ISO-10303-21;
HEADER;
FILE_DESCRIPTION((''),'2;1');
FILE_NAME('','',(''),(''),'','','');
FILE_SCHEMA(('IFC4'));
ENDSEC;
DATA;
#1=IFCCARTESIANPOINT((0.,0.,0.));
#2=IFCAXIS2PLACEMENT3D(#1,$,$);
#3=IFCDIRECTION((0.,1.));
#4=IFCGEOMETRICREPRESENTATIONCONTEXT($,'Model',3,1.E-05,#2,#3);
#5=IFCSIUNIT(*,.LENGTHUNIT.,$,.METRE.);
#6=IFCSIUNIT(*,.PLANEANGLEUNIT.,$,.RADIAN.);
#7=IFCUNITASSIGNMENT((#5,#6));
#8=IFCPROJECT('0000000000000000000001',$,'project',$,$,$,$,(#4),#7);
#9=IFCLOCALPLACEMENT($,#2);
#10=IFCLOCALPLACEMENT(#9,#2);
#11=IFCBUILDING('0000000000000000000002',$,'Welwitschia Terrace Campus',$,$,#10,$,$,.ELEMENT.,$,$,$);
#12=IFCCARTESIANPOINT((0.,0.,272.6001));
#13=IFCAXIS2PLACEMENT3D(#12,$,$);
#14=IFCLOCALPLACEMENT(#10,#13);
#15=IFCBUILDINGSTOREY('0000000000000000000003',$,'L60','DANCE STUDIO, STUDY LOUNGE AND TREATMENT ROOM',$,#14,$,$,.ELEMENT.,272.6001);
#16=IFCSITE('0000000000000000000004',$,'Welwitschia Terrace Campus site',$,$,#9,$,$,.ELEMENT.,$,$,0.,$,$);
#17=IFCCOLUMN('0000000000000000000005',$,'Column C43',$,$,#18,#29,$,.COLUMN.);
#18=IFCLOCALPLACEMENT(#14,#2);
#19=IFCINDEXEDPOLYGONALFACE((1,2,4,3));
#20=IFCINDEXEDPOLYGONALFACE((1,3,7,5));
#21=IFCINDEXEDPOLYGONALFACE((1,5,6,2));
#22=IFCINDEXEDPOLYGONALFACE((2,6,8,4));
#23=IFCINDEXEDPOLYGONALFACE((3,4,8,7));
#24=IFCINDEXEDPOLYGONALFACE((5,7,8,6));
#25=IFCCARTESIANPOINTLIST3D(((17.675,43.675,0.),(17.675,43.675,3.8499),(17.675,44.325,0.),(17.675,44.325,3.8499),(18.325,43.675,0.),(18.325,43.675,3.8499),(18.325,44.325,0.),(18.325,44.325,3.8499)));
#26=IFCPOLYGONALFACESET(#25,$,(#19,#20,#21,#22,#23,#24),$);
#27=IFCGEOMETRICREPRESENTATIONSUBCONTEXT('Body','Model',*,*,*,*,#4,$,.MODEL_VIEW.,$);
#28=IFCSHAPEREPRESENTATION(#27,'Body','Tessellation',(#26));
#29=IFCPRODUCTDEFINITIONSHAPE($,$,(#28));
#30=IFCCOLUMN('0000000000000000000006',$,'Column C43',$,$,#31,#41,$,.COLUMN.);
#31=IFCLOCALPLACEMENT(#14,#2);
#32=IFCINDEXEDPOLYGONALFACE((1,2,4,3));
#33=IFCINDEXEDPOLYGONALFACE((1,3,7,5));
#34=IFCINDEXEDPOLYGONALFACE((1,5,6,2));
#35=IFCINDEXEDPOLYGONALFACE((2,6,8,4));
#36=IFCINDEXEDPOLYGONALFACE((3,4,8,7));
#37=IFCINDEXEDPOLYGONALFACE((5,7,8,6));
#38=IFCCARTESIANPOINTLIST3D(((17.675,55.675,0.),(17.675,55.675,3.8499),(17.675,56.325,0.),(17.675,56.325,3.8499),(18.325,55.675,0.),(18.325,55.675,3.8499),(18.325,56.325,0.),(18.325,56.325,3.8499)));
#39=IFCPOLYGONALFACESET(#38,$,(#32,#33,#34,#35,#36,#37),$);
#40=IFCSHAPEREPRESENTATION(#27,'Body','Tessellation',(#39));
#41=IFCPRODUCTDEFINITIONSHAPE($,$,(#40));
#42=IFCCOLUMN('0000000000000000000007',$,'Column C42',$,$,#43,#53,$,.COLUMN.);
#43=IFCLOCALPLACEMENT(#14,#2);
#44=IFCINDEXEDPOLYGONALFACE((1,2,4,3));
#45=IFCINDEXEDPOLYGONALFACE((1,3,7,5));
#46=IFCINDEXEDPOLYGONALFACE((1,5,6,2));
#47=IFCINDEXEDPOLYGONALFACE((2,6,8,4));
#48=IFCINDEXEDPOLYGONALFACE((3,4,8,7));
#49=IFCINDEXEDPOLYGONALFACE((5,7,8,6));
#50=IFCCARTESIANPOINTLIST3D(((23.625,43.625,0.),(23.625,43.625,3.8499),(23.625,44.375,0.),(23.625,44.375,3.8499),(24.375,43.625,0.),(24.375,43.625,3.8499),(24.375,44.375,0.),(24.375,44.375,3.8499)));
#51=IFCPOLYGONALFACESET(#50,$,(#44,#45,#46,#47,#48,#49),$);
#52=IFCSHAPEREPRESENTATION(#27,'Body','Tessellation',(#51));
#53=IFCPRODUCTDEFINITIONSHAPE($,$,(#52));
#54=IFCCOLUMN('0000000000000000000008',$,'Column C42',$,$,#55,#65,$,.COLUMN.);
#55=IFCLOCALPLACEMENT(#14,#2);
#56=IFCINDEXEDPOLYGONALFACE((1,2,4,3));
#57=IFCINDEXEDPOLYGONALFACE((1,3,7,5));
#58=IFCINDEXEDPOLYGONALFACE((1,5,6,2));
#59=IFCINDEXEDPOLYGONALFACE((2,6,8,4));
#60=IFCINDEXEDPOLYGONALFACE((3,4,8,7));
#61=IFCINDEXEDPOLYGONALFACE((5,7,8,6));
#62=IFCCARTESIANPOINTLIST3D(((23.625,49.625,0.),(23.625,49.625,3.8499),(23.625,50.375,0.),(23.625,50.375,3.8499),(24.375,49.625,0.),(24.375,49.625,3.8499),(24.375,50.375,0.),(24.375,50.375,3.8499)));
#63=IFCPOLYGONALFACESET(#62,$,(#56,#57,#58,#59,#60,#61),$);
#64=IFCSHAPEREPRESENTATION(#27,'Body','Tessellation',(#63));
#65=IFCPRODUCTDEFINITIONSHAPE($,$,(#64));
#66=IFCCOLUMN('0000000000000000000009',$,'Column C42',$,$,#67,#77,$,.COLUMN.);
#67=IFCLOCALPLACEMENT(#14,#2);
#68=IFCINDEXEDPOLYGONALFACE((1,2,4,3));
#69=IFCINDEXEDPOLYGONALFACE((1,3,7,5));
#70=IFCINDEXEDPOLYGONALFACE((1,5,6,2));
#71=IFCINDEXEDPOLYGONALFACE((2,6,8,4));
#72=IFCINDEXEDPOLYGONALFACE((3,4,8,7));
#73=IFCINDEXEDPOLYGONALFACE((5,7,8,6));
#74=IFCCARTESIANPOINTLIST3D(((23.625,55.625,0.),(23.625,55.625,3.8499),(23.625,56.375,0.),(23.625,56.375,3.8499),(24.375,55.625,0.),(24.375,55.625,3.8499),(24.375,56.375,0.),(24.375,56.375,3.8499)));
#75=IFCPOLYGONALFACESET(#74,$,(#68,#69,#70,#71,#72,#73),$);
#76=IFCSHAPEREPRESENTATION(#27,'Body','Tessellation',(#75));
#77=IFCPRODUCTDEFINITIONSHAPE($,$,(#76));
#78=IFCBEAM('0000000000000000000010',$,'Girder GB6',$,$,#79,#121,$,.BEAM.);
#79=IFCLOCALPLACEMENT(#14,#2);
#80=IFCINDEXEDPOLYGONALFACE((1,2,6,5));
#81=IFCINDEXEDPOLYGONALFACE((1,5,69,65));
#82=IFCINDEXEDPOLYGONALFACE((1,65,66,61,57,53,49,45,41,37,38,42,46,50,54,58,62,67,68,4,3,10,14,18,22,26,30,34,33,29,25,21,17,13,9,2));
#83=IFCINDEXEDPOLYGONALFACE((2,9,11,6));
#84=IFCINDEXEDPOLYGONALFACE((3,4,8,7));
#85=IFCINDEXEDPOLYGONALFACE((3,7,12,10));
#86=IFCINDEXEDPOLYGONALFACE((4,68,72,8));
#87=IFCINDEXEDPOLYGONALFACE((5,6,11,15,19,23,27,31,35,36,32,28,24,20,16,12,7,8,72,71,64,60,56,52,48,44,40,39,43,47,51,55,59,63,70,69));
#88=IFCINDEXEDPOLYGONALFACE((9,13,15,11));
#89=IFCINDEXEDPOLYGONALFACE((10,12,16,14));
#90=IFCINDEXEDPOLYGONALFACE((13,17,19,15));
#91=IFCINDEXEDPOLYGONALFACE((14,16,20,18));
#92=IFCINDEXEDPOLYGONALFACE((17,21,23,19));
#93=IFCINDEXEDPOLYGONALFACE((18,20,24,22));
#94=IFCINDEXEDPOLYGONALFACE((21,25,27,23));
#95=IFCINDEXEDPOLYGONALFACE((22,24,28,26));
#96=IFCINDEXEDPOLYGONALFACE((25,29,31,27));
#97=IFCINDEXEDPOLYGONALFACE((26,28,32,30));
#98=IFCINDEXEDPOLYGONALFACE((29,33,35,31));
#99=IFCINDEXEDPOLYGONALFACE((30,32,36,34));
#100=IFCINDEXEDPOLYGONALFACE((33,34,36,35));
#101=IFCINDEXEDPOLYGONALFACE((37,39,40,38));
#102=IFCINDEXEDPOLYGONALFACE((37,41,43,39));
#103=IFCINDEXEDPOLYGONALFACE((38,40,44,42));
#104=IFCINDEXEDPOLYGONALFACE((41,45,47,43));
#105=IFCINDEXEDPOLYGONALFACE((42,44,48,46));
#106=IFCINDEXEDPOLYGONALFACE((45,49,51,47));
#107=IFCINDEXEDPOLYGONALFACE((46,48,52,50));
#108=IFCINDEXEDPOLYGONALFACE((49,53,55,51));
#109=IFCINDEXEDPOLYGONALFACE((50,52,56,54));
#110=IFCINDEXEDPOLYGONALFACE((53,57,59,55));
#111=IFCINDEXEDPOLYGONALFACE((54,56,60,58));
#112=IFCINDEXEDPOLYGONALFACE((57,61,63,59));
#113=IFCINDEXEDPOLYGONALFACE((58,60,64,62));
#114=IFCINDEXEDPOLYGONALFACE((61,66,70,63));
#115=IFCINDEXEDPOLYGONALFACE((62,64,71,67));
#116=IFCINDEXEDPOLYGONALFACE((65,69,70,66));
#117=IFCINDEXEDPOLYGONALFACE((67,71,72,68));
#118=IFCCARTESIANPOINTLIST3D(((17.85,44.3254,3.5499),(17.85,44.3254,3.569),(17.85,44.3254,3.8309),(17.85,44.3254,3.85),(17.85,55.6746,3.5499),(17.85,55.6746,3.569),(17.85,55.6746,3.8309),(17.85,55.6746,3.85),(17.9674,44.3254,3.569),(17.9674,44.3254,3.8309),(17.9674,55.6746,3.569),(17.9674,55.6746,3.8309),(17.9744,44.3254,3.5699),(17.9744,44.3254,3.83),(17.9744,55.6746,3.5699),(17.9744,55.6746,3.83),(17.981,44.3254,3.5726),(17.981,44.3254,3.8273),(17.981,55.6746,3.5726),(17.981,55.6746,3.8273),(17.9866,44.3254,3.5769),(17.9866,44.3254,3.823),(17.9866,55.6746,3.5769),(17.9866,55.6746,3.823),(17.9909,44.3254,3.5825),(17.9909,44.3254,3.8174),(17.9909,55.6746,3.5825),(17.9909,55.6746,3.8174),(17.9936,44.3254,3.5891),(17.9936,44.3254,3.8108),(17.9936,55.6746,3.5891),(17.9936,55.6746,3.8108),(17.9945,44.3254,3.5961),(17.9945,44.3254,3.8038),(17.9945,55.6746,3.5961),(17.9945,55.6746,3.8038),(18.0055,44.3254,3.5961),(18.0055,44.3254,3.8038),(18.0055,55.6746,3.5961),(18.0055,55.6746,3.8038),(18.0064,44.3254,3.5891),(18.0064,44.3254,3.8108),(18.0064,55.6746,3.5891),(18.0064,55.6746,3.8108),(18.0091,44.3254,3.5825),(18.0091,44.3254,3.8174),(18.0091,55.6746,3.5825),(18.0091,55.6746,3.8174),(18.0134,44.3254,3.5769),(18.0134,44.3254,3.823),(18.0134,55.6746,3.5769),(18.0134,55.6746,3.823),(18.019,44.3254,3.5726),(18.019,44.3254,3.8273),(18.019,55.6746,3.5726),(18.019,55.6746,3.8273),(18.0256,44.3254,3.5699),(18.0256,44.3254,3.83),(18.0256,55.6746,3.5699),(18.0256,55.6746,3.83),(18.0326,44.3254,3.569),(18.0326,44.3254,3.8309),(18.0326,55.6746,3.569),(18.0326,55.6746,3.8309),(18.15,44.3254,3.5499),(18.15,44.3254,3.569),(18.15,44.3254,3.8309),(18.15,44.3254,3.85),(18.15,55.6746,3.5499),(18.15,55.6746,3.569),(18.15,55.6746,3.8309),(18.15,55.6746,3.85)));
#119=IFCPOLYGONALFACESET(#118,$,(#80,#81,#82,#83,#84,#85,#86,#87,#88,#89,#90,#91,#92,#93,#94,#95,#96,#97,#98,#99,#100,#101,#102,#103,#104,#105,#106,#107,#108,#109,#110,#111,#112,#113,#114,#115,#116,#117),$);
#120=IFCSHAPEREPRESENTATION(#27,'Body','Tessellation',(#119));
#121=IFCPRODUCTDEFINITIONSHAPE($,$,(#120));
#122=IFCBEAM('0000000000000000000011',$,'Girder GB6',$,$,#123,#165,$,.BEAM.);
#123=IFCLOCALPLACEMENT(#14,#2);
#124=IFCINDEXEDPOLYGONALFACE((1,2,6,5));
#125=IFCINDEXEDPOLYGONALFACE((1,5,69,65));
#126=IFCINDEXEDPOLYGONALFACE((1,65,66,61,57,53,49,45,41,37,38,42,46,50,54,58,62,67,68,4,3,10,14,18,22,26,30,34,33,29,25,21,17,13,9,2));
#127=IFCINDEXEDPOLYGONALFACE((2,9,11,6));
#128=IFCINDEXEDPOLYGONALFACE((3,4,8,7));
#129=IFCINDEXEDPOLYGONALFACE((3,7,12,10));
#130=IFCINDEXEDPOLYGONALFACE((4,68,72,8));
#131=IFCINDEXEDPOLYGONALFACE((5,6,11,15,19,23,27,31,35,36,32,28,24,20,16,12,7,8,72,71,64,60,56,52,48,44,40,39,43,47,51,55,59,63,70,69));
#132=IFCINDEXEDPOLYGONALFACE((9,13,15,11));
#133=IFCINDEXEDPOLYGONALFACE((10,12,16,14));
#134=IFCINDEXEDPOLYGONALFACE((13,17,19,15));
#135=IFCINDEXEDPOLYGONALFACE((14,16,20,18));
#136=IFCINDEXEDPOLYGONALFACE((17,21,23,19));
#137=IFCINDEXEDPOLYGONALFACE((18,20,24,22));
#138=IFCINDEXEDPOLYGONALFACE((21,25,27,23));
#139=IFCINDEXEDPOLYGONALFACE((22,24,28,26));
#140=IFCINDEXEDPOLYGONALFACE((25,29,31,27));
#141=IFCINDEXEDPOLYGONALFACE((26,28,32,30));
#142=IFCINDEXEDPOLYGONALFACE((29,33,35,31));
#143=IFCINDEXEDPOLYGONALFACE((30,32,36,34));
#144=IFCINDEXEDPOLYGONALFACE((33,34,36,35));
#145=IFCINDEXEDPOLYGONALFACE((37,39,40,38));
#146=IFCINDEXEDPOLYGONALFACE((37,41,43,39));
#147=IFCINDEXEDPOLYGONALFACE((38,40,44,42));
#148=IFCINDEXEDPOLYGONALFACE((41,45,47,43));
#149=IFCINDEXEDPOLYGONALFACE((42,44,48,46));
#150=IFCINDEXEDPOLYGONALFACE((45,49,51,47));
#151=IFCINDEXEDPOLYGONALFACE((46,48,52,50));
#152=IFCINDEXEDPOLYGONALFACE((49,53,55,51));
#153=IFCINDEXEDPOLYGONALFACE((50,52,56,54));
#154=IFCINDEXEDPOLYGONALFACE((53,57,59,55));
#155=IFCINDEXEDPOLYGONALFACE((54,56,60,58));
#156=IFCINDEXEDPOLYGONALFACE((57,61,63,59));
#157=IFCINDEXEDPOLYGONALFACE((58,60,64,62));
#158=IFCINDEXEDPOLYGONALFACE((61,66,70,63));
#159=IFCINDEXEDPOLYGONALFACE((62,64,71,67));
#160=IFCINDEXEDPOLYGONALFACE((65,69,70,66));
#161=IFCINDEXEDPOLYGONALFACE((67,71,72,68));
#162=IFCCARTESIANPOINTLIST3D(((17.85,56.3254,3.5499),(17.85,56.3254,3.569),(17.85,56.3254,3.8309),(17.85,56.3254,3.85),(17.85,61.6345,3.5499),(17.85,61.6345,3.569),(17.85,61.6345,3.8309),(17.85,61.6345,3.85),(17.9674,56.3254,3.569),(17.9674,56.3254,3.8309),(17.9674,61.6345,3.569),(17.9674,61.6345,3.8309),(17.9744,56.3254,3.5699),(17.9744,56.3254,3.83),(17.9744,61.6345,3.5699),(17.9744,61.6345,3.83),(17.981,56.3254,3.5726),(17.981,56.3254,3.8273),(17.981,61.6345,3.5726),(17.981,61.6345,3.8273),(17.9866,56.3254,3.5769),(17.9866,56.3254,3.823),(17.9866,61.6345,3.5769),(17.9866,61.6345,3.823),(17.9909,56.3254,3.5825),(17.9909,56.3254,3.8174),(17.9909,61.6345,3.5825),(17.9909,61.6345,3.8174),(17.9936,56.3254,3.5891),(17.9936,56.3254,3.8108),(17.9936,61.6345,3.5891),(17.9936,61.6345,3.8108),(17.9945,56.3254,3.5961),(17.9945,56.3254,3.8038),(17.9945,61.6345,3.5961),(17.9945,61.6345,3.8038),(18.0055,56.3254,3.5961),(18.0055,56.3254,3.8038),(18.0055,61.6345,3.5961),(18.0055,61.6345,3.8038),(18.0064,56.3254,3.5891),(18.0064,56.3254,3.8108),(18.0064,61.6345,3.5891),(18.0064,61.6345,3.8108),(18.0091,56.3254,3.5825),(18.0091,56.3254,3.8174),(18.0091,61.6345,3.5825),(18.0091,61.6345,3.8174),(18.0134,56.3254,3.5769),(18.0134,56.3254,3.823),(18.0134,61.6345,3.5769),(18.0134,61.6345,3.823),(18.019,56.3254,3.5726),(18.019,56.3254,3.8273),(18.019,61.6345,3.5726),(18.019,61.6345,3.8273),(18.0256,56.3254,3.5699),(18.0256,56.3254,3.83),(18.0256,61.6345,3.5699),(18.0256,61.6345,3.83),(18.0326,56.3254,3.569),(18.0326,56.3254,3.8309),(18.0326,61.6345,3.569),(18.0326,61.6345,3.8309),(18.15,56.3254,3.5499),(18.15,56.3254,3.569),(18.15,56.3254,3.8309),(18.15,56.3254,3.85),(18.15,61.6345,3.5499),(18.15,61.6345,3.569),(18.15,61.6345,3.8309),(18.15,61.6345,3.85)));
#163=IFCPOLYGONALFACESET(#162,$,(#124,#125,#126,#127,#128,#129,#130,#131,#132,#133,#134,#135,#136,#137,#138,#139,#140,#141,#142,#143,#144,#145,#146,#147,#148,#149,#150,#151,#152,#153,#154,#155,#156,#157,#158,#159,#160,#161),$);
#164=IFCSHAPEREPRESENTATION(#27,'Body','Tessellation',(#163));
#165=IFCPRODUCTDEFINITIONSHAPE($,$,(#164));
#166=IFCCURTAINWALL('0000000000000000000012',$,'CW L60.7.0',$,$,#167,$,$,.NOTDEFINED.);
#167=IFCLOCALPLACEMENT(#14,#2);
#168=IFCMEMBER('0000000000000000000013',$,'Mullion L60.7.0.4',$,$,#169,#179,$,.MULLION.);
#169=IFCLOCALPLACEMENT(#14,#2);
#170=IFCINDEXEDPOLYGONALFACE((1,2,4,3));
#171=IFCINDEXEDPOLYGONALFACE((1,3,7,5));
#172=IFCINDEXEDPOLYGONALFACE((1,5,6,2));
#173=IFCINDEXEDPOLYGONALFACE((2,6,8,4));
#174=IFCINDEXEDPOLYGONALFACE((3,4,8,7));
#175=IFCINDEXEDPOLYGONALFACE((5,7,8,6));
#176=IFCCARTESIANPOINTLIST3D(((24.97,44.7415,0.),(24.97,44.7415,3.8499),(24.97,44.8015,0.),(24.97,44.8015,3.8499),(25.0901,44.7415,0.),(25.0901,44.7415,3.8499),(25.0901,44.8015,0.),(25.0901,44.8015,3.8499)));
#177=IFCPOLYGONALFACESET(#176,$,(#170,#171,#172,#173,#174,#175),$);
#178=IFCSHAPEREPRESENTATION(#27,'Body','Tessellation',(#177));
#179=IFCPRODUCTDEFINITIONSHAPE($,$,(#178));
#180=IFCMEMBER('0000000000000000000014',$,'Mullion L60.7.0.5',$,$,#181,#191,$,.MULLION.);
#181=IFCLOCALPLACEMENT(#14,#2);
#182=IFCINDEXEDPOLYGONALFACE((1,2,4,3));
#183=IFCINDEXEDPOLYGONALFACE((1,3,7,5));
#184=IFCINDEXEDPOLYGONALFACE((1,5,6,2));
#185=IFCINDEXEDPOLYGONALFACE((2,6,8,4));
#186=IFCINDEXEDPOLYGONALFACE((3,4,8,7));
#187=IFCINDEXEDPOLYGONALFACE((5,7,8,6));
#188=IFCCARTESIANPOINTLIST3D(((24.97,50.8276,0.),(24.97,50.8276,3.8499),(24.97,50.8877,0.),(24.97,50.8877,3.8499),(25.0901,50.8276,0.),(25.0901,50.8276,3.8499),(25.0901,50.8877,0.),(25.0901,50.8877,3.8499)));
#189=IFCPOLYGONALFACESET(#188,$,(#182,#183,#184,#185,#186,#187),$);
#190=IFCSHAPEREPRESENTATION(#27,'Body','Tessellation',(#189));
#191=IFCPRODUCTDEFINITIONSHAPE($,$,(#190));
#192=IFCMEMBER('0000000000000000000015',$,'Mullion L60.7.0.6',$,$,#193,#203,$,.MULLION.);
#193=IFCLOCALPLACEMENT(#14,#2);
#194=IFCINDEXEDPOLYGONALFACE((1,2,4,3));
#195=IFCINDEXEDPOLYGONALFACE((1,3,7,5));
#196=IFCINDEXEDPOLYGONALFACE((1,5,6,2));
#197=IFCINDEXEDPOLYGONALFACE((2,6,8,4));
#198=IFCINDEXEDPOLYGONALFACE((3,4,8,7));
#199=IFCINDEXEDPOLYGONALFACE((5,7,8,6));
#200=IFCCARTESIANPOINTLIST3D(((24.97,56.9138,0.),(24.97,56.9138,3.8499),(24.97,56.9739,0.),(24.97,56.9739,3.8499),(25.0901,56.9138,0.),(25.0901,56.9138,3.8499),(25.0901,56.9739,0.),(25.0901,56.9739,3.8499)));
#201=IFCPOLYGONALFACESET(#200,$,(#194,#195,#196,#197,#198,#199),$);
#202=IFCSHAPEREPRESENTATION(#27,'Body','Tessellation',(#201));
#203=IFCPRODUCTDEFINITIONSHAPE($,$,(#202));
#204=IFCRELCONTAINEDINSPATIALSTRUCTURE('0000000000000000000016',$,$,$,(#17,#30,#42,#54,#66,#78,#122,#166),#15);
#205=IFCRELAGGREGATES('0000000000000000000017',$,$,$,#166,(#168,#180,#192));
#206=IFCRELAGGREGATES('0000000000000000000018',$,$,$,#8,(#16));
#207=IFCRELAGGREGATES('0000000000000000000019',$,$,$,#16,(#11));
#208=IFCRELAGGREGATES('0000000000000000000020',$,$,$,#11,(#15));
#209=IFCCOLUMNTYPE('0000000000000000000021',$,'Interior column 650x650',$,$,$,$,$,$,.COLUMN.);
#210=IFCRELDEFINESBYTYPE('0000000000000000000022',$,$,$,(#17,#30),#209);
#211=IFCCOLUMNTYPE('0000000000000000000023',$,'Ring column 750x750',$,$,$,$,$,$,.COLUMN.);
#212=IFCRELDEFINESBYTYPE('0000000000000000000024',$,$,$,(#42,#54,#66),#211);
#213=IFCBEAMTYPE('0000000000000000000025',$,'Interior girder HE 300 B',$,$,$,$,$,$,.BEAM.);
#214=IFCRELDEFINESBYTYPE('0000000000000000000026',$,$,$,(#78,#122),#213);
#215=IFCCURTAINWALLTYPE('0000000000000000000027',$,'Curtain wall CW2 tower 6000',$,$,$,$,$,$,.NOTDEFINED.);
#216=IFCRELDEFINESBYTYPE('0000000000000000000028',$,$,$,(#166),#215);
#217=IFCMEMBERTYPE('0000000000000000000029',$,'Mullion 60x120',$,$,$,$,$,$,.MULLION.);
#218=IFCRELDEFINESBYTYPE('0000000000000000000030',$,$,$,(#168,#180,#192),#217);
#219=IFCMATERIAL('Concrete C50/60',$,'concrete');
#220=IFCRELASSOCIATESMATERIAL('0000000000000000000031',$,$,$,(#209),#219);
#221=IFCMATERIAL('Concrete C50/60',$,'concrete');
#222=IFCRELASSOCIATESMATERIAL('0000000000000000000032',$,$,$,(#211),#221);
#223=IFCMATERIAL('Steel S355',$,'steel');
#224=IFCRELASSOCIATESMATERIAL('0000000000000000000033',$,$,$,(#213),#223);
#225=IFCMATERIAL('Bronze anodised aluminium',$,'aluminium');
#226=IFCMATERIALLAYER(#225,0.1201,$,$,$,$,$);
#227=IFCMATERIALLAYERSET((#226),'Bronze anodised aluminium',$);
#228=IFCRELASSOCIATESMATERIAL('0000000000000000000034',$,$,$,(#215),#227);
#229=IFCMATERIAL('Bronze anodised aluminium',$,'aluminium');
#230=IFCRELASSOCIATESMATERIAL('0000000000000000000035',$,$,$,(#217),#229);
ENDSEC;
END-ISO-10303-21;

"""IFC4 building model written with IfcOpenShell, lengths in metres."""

from ifc_helpers import new_model, si_unit, direction, frame, origin, origin_2d, place, context, subcontext, project, spatial, rectangle, i_section, extrude, material, layer, layer_set, material_profile, profile_set, type_object, element, aggregate, save


model = new_model("IFC4")

# Units and contexts
model_context = context("Model", 3, precision=1e-05, world=origin(), true_north=direction((0.0, 1.0)))
body_context = subcontext(model_context, "Body", "Model", "MODEL_VIEW")
ifc_project = project(units=[si_unit("LENGTHUNIT", "METRE"), si_unit("PLANEANGLEUNIT", "RADIAN")], contexts=[model_context])

# Site, building, storey
site_placement = place(None, origin())
site = spatial("IfcSite", under=ifc_project, at=site_placement, Name="Welwitschia Terrace Campus site", CompositionType="ELEMENT", RefElevation=0.0)
building_placement = place(site_placement, origin())
building = spatial("IfcBuilding", under=site, at=building_placement, Name="Welwitschia Terrace Campus", CompositionType="ELEMENT")
storey_placement = place(building_placement, frame((0.0, 0.0, 272.6001)))
storey = spatial("IfcBuildingStorey", under=building, at=storey_placement, Name="L60", Description="DANCE STUDIO, STUDY LOUNGE AND TREATMENT ROOM", CompositionType="ELEMENT", Elevation=272.6001)

# Columns
ifc_material_1 = material(Name="Concrete C50/60", Category="concrete")
ifc_material_profile_1 = material_profile(ifc_material_1, rectangle(XDim=0.6499, YDim=0.6499, at=origin_2d()))
ifc_profile_set_1 = profile_set([ifc_material_profile_1], Name="Concrete C50/60")
column_type_1 = type_object("IfcColumnType", Name="Interior column 650x650", PredefinedType="COLUMN", material=ifc_profile_set_1)
for number, where, z_axis, x_axis, name in (
    (1, (18.0, 44.0, 0.0), (0.0, 0.0, 1.0), (1.0, 0.0, 0.0), "Column C43"),
    (2, (18.0, 56.0, 0.0), (0.0, 0.0, 1.0), (1.0, 0.0, 0.0), "Column C43"),
):
    element("IfcColumn", number, at=place(storey_placement, frame(where, z_axis=z_axis, x_axis=x_axis)), inside=storey, type_object=column_type_1, Name=name, PredefinedType="COLUMN", context=body_context, shape_type="SweptSolid", body=[
        extrude(rectangle(XDim=0.6499, YDim=0.6499, at=origin_2d()), origin(), (0.0, 0.0, 1.0), 3.8499),
    ])
ifc_material_2 = material(Name="Concrete C50/60", Category="concrete")
ifc_material_profile_2 = material_profile(ifc_material_2, rectangle(XDim=0.75, YDim=0.75, at=origin_2d()))
ifc_profile_set_2 = profile_set([ifc_material_profile_2], Name="Concrete C50/60")
column_type_2 = type_object("IfcColumnType", Name="Ring column 750x750", PredefinedType="COLUMN", material=ifc_profile_set_2)
for number, where, z_axis, x_axis, name in (
    (3, (24.0, 44.0, 0.0), (0.0, 0.0, 1.0), (1.0, 0.0, 0.0), "Column C42"),
    (4, (24.0, 50.0, 0.0), (0.0, 0.0, 1.0), (1.0, 0.0, 0.0), "Column C42"),
    (5, (24.0, 56.0, 0.0), (0.0, 0.0, 1.0), (1.0, 0.0, 0.0), "Column C42"),
):
    element("IfcColumn", number, at=place(storey_placement, frame(where, z_axis=z_axis, x_axis=x_axis)), inside=storey, type_object=column_type_2, Name=name, PredefinedType="COLUMN", context=body_context, shape_type="SweptSolid", body=[
        extrude(rectangle(XDim=0.75, YDim=0.75, at=origin_2d()), origin(), (0.0, 0.0, 1.0), 3.8499),
    ])

# Beams
ifc_material_3 = material(Name="Steel S355", Category="steel")
ifc_material_profile_3 = material_profile(ifc_material_3, i_section(OverallWidth=0.3, OverallDepth=0.3, WebThickness=0.011, FlangeThickness=0.019, FilletRadius=0.0271, at=origin_2d()))
ifc_profile_set_3 = profile_set([ifc_material_profile_3], Name="Steel S355")
beam_type_1 = type_object("IfcBeamType", Name="Interior girder HE 300 B", PredefinedType="BEAM", material=ifc_profile_set_3)
beam_1_placement = place(storey_placement, frame((18.0, 44.3254, 3.7), z_axis=(0.0, 1.0, 0.0), x_axis=(-1.0, 0.0, 0.0)))
element("IfcBeam", 6, at=beam_1_placement, inside=storey, type_object=beam_type_1, Name="Girder GB6", PredefinedType="BEAM", context=body_context, shape_type="SweptSolid", body=[
    extrude(i_section(OverallWidth=0.3, OverallDepth=0.3, WebThickness=0.011, FlangeThickness=0.019, FilletRadius=0.0271, at=origin_2d()), origin(), (0.0, 0.0, 1.0), 11.3491),
])
beam_2_placement = place(storey_placement, frame((18.0, 56.3254, 3.7), z_axis=(0.0, 1.0, 0.0), x_axis=(-1.0, 0.0, 0.0)))
element("IfcBeam", 7, at=beam_2_placement, inside=storey, type_object=beam_type_1, Name="Girder GB6", PredefinedType="BEAM", context=body_context, shape_type="SweptSolid", body=[
    extrude(i_section(OverallWidth=0.3, OverallDepth=0.3, WebThickness=0.011, FlangeThickness=0.019, FilletRadius=0.0271, at=origin_2d()), origin(), (0.0, 0.0, 1.0), 5.3091),
])

# Curtain wall, members
ifc_material_4 = material(Name="Bronze anodised aluminium", Category="aluminium")
ifc_layer_1 = layer(ifc_material_4, 0.1201)
ifc_layer_set_1 = layer_set([ifc_layer_1], Name="Bronze anodised aluminium")
curtain_wall_type = type_object("IfcCurtainWallType", Name="Curtain wall CW2 tower 6000", PredefinedType="NOTDEFINED", material=ifc_layer_set_1)
curtain_wall_placement = place(storey_placement, origin())
curtain_wall = element("IfcCurtainWall", 8, at=curtain_wall_placement, inside=storey, type_object=curtain_wall_type, Name="CW L60.7.0", PredefinedType="NOTDEFINED")
ifc_material_5 = material(Name="Bronze anodised aluminium", Category="aluminium")
ifc_material_profile_4 = material_profile(ifc_material_5, rectangle(XDim=0.1201, YDim=0.0601, at=origin_2d()))
ifc_profile_set_4 = profile_set([ifc_material_profile_4], Name="Bronze anodised aluminium")
member_type = type_object("IfcMemberType", Name="Mullion 60x120", PredefinedType="MULLION", material=ifc_profile_set_4)
member_1_placement = place(storey_placement, frame((25.03, 44.7715, 0.0), z_axis=(0.0, 0.0, 1.0), x_axis=(-1.0, 0.0, 0.0)))
member_1 = element("IfcMember", 9, at=member_1_placement, type_object=member_type, Name="Mullion L60.7.0.4", PredefinedType="MULLION", context=body_context, shape_type="SweptSolid", body=[
    extrude(rectangle(XDim=0.1201, YDim=0.0601, at=origin_2d()), origin(), (0.0, 0.0, 1.0), 3.8499),
])
member_2_placement = place(storey_placement, frame((25.03, 50.8577, 0.0), z_axis=(0.0, 0.0, 1.0), x_axis=(-1.0, 0.0, 0.0)))
member_2 = element("IfcMember", 10, at=member_2_placement, type_object=member_type, Name="Mullion L60.7.0.5", PredefinedType="MULLION", context=body_context, shape_type="SweptSolid", body=[
    extrude(rectangle(XDim=0.1201, YDim=0.0601, at=origin_2d()), origin(), (0.0, 0.0, 1.0), 3.8499),
])
member_3_placement = place(storey_placement, frame((25.03, 56.9438, 0.0), z_axis=(0.0, 0.0, 1.0), x_axis=(-1.0, 0.0, 0.0)))
member_3 = element("IfcMember", 11, at=member_3_placement, type_object=member_type, Name="Mullion L60.7.0.6", PredefinedType="MULLION", context=body_context, shape_type="SweptSolid", body=[
    extrude(rectangle(XDim=0.1201, YDim=0.0601, at=origin_2d()), origin(), (0.0, 0.0, 1.0), 3.8499),
])

aggregate(curtain_wall, [member_1, member_2, member_3])

save(model, "model.ifc")
